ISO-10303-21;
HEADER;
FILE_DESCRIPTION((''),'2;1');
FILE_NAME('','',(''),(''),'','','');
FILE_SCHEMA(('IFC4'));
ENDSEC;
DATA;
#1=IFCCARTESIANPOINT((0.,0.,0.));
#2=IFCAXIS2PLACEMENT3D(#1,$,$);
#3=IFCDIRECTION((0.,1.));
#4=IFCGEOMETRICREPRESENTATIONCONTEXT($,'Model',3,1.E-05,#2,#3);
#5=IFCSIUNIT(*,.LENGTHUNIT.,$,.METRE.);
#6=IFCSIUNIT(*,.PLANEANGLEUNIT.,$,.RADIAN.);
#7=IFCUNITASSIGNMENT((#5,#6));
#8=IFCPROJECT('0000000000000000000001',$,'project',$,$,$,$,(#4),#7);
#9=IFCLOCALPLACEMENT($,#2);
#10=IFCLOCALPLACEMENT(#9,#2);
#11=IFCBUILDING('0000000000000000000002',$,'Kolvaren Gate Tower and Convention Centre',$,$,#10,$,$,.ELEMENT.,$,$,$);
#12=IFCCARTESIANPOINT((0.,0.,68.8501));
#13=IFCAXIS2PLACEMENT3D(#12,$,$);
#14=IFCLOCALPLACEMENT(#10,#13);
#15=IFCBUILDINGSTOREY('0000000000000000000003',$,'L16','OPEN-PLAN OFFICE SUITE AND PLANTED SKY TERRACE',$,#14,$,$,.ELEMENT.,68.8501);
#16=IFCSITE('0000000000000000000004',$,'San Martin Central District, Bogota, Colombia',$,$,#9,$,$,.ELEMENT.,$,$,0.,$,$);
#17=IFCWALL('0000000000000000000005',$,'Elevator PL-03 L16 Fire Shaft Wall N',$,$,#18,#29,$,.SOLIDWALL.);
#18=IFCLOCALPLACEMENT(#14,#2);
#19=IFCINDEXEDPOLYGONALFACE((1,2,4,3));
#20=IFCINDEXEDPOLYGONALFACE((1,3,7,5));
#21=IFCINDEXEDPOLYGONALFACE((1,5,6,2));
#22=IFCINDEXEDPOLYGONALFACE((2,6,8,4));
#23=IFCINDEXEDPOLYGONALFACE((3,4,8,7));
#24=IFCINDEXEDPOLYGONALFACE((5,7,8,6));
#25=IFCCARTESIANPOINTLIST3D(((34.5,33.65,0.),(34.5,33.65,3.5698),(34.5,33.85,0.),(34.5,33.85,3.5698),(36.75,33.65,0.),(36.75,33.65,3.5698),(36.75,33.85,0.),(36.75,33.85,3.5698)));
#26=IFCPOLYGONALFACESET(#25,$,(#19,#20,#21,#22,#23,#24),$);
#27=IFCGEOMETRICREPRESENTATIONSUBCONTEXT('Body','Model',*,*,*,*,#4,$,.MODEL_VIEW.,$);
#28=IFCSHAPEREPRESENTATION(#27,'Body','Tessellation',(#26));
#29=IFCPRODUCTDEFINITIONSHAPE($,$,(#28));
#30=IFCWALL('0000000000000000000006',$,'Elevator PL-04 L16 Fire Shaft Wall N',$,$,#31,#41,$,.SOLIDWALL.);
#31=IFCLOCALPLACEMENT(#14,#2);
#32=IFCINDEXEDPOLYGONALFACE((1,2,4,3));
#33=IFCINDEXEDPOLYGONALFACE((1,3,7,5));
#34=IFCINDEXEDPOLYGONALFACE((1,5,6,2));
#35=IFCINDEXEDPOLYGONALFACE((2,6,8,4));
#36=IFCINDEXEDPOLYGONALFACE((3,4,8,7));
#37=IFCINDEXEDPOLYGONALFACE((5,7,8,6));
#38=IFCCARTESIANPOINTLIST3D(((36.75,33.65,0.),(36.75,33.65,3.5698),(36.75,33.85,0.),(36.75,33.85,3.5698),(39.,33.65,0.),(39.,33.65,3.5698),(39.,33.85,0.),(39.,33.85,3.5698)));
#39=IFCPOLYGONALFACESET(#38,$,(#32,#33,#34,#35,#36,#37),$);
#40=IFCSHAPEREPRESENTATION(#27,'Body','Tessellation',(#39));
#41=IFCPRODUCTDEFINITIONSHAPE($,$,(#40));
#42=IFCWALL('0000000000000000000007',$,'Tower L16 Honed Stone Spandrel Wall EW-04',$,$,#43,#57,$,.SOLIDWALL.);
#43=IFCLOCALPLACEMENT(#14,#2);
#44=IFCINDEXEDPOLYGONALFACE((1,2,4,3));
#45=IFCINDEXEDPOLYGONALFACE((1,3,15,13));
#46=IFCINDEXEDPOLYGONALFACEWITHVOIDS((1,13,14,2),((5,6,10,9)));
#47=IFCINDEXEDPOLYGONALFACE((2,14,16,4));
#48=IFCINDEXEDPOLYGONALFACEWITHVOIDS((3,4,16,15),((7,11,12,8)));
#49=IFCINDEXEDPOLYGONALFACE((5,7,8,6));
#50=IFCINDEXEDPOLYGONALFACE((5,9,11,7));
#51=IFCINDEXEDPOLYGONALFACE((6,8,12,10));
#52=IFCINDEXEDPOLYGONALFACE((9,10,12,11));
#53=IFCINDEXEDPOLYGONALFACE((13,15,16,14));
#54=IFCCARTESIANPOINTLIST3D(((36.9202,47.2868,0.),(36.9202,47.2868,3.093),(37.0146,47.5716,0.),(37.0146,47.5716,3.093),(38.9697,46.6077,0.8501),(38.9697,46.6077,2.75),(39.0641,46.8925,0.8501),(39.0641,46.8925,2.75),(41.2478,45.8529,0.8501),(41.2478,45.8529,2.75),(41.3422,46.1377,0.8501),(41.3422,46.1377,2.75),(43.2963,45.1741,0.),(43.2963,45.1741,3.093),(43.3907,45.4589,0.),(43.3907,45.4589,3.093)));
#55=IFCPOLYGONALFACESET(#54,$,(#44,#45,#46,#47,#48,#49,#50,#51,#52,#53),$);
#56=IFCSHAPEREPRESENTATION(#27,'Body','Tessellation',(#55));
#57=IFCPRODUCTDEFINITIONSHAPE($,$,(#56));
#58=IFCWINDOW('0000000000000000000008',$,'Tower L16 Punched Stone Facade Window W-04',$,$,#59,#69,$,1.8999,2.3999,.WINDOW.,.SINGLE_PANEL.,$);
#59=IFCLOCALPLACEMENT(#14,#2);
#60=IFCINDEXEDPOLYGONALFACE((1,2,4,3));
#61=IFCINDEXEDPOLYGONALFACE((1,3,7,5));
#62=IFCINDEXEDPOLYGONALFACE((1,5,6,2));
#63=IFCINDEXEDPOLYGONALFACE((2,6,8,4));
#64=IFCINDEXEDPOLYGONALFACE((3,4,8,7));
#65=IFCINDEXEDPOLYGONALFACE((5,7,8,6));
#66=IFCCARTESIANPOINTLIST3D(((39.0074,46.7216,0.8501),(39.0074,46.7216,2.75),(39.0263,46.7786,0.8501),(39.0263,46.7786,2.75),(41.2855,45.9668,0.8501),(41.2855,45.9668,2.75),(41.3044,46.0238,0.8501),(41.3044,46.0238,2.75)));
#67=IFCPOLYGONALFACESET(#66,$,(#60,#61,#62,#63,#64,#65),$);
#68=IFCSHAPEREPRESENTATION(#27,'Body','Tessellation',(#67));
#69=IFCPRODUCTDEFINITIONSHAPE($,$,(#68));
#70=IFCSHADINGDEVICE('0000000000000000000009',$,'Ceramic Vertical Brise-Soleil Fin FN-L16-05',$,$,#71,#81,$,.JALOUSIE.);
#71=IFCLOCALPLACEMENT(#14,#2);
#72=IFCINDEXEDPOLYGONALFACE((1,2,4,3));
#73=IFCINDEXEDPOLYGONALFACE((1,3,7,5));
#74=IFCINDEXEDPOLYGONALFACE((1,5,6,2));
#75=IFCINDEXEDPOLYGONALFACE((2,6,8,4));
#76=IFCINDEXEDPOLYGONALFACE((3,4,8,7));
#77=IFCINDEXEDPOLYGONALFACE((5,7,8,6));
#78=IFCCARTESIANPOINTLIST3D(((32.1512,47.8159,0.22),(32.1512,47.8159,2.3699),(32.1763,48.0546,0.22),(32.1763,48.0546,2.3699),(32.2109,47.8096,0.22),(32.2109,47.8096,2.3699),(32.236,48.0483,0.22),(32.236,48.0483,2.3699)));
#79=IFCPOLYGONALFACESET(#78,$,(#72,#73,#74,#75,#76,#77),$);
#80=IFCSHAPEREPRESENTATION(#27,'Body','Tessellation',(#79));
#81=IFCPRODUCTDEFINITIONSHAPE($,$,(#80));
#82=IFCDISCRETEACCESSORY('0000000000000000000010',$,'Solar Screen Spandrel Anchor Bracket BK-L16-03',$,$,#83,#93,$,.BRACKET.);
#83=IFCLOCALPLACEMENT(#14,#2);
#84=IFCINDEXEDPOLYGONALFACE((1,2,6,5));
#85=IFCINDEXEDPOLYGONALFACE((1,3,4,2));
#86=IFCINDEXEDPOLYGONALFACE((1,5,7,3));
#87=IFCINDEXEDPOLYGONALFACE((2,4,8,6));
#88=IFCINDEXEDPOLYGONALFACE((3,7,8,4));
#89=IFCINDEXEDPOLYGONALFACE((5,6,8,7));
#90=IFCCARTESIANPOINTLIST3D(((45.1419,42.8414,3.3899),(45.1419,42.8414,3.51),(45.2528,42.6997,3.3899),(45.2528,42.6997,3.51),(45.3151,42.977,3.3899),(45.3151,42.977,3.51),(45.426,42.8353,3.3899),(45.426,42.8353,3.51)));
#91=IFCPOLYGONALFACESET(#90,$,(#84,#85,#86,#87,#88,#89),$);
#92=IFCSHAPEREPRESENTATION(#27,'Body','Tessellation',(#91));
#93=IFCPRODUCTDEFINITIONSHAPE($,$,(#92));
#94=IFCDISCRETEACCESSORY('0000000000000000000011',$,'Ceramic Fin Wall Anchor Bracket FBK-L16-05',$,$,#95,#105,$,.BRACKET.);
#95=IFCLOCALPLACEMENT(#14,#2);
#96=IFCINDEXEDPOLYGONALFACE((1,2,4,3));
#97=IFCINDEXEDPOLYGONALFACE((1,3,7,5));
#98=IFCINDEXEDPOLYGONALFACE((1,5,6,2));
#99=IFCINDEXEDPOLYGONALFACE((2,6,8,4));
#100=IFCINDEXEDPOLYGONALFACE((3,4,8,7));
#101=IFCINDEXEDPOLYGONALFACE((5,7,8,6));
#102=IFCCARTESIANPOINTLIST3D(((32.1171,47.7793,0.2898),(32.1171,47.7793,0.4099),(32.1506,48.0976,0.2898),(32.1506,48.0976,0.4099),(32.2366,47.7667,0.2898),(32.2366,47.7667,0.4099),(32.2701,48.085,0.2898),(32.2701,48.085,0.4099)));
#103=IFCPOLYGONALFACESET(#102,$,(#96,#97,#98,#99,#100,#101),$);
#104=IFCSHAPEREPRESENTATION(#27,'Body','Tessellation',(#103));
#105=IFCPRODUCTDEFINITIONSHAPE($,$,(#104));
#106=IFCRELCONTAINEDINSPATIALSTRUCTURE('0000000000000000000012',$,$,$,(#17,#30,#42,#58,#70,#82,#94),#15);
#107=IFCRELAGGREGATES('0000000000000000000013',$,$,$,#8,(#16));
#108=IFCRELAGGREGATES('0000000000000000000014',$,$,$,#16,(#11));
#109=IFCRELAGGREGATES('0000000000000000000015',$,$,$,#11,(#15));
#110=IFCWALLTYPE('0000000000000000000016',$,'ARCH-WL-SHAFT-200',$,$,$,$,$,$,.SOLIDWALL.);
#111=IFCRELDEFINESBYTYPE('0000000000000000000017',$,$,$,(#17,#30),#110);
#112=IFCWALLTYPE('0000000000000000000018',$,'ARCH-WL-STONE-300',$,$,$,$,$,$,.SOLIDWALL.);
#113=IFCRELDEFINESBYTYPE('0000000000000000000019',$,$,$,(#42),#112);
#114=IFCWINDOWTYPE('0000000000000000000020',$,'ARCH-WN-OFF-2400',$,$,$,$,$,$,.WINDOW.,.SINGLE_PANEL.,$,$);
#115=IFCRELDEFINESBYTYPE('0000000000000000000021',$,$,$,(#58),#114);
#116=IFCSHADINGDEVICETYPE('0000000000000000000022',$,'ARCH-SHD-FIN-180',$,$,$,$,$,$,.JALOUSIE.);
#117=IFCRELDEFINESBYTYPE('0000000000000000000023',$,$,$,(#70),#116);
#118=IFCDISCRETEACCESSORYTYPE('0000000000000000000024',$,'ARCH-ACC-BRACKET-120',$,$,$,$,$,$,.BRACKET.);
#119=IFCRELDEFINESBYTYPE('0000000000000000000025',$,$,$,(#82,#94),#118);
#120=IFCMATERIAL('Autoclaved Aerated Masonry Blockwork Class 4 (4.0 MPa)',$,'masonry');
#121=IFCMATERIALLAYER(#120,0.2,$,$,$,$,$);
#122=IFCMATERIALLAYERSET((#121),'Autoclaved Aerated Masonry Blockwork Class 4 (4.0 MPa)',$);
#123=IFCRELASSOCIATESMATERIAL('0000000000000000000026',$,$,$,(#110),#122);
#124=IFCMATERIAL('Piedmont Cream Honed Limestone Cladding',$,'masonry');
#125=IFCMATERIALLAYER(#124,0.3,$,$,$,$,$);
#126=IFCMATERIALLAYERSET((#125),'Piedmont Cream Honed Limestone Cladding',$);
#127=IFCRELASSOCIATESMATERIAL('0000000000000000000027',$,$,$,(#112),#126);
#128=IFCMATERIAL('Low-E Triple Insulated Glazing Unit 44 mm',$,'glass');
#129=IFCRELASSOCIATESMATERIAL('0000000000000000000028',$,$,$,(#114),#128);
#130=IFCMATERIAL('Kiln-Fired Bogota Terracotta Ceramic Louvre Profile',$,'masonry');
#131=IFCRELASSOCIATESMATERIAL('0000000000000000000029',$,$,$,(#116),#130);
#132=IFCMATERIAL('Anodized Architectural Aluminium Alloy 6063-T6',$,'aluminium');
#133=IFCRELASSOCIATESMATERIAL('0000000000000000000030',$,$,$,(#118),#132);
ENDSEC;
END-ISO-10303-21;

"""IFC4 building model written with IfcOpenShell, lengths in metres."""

from ifc_helpers import new_model, si_unit, direction, frame, frame_2d, origin, origin_2d, place, context, subcontext, project, spatial, rectangle, extrude, material, layer, layer_set, type_object, element, fill, save


model = new_model("IFC4")

# Units and contexts
model_context = context("Model", 3, precision=1e-05, world=origin(), true_north=direction((0.0, 1.0)))
body_context = subcontext(model_context, "Body", "Model", "MODEL_VIEW")
ifc_project = project(units=[si_unit("LENGTHUNIT", "METRE"), si_unit("PLANEANGLEUNIT", "RADIAN")], contexts=[model_context])

# Site, building, storey
site_placement = place(None, origin())
site = spatial("IfcSite", under=ifc_project, at=site_placement, Name="San Martin Central District, Bogota, Colombia", CompositionType="ELEMENT", RefElevation=0.0)
building_placement = place(site_placement, origin())
building = spatial("IfcBuilding", under=site, at=building_placement, Name="Kolvaren Gate Tower and Convention Centre", CompositionType="ELEMENT")
storey_placement = place(building_placement, frame((0.0, 0.0, 68.8501)))
storey = spatial("IfcBuildingStorey", under=building, at=storey_placement, Name="L16", Description="OPEN-PLAN OFFICE SUITE AND PLANTED SKY TERRACE", CompositionType="ELEMENT", Elevation=68.8501)

# Shared definitions
ifc_material_1 = material(Name="Anodized Architectural Aluminium Alloy 6063-T6", Category="aluminium")

# Shared definitions
ifc_material_2 = material(Name="Low-E Triple Insulated Glazing Unit 44 mm", Category="glass")

# Walls
ifc_material_3 = material(Name="Autoclaved Aerated Masonry Blockwork Class 4 (4.0 MPa)", Category="masonry")
ifc_layer_1 = layer(ifc_material_3, 0.2)
ifc_layer_set_1 = layer_set([ifc_layer_1], Name="Autoclaved Aerated Masonry Blockwork Class 4 (4.0 MPa)")
wall_type_1 = type_object("IfcWallType", Name="ARCH-WL-SHAFT-200", PredefinedType="SOLIDWALL", material=ifc_layer_set_1)
for number, where, z_axis, x_axis, name in (
    (1, (34.5, 33.75, 0.0), (0.0, 0.0, 1.0), (1.0, 0.0, 0.0), "Elevator PL-03 L16 Fire Shaft Wall N"),
    (2, (36.75, 33.75, 0.0), (0.0, 0.0, 1.0), (1.0, 0.0, 0.0), "Elevator PL-04 L16 Fire Shaft Wall N"),
):
    element("IfcWall", number, at=place(storey_placement, frame(where, z_axis=z_axis, x_axis=x_axis)), inside=storey, type_object=wall_type_1, Name=name, PredefinedType="SOLIDWALL", context=body_context, shape_type="SweptSolid", body=[
        extrude(rectangle(XDim=2.25, YDim=0.2, at=frame_2d((1.125, 0.0))), origin(), (0.0, 0.0, 1.0), 3.5698),
    ])

# Wall, opening, window
ifc_material_4 = material(Name="Piedmont Cream Honed Limestone Cladding", Category="masonry")
ifc_layer_2 = layer(ifc_material_4, 0.3)
ifc_layer_set_2 = layer_set([ifc_layer_2], Name="Piedmont Cream Honed Limestone Cladding")
wall_type_2 = type_object("IfcWallType", Name="ARCH-WL-STONE-300", PredefinedType="SOLIDWALL", material=ifc_layer_set_2)
wall_1_placement = place(storey_placement, frame((36.9675, 47.4292, 0.0), z_axis=(0.0, 0.0, 1.0), x_axis=(0.949245, -0.314537, 0.0)))
wall_1 = element("IfcWall", 3, at=wall_1_placement, inside=storey, type_object=wall_type_2, Name="Tower L16 Honed Stone Spandrel Wall EW-04", PredefinedType="SOLIDWALL", context=body_context, shape_type="SweptSolid", body=[
    extrude(rectangle(XDim=6.717, YDim=0.3, at=frame_2d((3.3584, 0.0))), origin(), (0.0, 0.0, 1.0), 3.093),
])
opening_1_placement = place(wall_1_placement, frame((2.1589, 0.0, 0.8501)))
opening_1 = element("IfcOpeningElement", 4, at=opening_1_placement, cuts=wall_1, PredefinedType="OPENING", context=body_context, shape_type="SweptSolid", body=[
    extrude(rectangle(XDim=2.3999, YDim=1.8999, at=frame_2d((1.2, 0.95))), frame((0.0, 0.1599, 0.0), z_axis=(0.0, -1.0, 0.0), x_axis=(1.0, 0.0, 0.0)), (0.0, 0.0, 1.0), 0.3201),
])
window_type = type_object("IfcWindowType", Name="ARCH-WN-OFF-2400", PartitioningType="SINGLE_PANEL", PredefinedType="WINDOW", material=ifc_material_2)
window_placement = place(opening_1_placement, origin())
window = element("IfcWindow", 5, at=window_placement, inside=storey, type_object=window_type, Name="Tower L16 Punched Stone Facade Window W-04", OverallHeight=1.8999, OverallWidth=2.3999, PartitioningType="SINGLE_PANEL", PredefinedType="WINDOW", context=body_context, shape_type="SweptSolid", body=[
    extrude(rectangle(XDim=2.3999, YDim=1.8999, at=frame_2d((1.2, 0.95))), frame((0.0, 0.03, 0.0), z_axis=(0.0, -1.0, 0.0), x_axis=(1.0, 0.0, 0.0)), (0.0, 0.0, 1.0), 0.0601),
])
fill(opening_1, window)

# Shading device
ifc_material_5 = material(Name="Kiln-Fired Bogota Terracotta Ceramic Louvre Profile", Category="masonry")
shading_device_type = type_object("IfcShadingDeviceType", Name="ARCH-SHD-FIN-180", PredefinedType="JALOUSIE", material=ifc_material_5)
shading_device_placement = place(storey_placement, frame((32.1936, 47.9321, 0.22), z_axis=(0.0, 0.0, 1.0), x_axis=(0.994499, -0.104747, 0.0)))
element("IfcShadingDevice", 6, at=shading_device_placement, inside=storey, type_object=shading_device_type, Name="Ceramic Vertical Brise-Soleil Fin FN-L16-05", PredefinedType="JALOUSIE", context=body_context, shape_type="SweptSolid", body=[
    extrude(rectangle(XDim=0.0601, YDim=0.24, at=origin_2d()), origin(), (0.0, 0.0, 1.0), 2.1499),
])

# Discrete accessories
discrete_accessory_type = type_object("IfcDiscreteAccessoryType", Name="ARCH-ACC-BRACKET-120", PredefinedType="BRACKET", material=ifc_material_1)
discrete_accessory_1_placement = place(storey_placement, frame((45.2839, 42.8384, 3.3899), z_axis=(0.0, 0.0, 1.0), x_axis=(0.616431, -0.787409, 0.0)))
element("IfcDiscreteAccessory", 7, at=discrete_accessory_1_placement, inside=storey, type_object=discrete_accessory_type, Name="Solar Screen Spandrel Anchor Bracket BK-L16-03", PredefinedType="BRACKET", context=body_context, shape_type="SweptSolid", body=[
    extrude(rectangle(XDim=0.1799, YDim=0.22, at=origin_2d()), origin(), (0.0, 0.0, 1.0), 0.1201),
])
discrete_accessory_2_placement = place(storey_placement, frame((32.1936, 47.9321, 0.2898), z_axis=(0.0, 0.0, 1.0), x_axis=(0.994499, -0.104747, 0.0)))
element("IfcDiscreteAccessory", 8, at=discrete_accessory_2_placement, inside=storey, type_object=discrete_accessory_type, Name="Ceramic Fin Wall Anchor Bracket FBK-L16-05", PredefinedType="BRACKET", context=body_context, shape_type="SweptSolid", body=[
    extrude(rectangle(XDim=0.1201, YDim=0.3201, at=origin_2d()), origin(), (0.0, 0.0, 1.0), 0.1201),
])

save(model, "model.ifc")
